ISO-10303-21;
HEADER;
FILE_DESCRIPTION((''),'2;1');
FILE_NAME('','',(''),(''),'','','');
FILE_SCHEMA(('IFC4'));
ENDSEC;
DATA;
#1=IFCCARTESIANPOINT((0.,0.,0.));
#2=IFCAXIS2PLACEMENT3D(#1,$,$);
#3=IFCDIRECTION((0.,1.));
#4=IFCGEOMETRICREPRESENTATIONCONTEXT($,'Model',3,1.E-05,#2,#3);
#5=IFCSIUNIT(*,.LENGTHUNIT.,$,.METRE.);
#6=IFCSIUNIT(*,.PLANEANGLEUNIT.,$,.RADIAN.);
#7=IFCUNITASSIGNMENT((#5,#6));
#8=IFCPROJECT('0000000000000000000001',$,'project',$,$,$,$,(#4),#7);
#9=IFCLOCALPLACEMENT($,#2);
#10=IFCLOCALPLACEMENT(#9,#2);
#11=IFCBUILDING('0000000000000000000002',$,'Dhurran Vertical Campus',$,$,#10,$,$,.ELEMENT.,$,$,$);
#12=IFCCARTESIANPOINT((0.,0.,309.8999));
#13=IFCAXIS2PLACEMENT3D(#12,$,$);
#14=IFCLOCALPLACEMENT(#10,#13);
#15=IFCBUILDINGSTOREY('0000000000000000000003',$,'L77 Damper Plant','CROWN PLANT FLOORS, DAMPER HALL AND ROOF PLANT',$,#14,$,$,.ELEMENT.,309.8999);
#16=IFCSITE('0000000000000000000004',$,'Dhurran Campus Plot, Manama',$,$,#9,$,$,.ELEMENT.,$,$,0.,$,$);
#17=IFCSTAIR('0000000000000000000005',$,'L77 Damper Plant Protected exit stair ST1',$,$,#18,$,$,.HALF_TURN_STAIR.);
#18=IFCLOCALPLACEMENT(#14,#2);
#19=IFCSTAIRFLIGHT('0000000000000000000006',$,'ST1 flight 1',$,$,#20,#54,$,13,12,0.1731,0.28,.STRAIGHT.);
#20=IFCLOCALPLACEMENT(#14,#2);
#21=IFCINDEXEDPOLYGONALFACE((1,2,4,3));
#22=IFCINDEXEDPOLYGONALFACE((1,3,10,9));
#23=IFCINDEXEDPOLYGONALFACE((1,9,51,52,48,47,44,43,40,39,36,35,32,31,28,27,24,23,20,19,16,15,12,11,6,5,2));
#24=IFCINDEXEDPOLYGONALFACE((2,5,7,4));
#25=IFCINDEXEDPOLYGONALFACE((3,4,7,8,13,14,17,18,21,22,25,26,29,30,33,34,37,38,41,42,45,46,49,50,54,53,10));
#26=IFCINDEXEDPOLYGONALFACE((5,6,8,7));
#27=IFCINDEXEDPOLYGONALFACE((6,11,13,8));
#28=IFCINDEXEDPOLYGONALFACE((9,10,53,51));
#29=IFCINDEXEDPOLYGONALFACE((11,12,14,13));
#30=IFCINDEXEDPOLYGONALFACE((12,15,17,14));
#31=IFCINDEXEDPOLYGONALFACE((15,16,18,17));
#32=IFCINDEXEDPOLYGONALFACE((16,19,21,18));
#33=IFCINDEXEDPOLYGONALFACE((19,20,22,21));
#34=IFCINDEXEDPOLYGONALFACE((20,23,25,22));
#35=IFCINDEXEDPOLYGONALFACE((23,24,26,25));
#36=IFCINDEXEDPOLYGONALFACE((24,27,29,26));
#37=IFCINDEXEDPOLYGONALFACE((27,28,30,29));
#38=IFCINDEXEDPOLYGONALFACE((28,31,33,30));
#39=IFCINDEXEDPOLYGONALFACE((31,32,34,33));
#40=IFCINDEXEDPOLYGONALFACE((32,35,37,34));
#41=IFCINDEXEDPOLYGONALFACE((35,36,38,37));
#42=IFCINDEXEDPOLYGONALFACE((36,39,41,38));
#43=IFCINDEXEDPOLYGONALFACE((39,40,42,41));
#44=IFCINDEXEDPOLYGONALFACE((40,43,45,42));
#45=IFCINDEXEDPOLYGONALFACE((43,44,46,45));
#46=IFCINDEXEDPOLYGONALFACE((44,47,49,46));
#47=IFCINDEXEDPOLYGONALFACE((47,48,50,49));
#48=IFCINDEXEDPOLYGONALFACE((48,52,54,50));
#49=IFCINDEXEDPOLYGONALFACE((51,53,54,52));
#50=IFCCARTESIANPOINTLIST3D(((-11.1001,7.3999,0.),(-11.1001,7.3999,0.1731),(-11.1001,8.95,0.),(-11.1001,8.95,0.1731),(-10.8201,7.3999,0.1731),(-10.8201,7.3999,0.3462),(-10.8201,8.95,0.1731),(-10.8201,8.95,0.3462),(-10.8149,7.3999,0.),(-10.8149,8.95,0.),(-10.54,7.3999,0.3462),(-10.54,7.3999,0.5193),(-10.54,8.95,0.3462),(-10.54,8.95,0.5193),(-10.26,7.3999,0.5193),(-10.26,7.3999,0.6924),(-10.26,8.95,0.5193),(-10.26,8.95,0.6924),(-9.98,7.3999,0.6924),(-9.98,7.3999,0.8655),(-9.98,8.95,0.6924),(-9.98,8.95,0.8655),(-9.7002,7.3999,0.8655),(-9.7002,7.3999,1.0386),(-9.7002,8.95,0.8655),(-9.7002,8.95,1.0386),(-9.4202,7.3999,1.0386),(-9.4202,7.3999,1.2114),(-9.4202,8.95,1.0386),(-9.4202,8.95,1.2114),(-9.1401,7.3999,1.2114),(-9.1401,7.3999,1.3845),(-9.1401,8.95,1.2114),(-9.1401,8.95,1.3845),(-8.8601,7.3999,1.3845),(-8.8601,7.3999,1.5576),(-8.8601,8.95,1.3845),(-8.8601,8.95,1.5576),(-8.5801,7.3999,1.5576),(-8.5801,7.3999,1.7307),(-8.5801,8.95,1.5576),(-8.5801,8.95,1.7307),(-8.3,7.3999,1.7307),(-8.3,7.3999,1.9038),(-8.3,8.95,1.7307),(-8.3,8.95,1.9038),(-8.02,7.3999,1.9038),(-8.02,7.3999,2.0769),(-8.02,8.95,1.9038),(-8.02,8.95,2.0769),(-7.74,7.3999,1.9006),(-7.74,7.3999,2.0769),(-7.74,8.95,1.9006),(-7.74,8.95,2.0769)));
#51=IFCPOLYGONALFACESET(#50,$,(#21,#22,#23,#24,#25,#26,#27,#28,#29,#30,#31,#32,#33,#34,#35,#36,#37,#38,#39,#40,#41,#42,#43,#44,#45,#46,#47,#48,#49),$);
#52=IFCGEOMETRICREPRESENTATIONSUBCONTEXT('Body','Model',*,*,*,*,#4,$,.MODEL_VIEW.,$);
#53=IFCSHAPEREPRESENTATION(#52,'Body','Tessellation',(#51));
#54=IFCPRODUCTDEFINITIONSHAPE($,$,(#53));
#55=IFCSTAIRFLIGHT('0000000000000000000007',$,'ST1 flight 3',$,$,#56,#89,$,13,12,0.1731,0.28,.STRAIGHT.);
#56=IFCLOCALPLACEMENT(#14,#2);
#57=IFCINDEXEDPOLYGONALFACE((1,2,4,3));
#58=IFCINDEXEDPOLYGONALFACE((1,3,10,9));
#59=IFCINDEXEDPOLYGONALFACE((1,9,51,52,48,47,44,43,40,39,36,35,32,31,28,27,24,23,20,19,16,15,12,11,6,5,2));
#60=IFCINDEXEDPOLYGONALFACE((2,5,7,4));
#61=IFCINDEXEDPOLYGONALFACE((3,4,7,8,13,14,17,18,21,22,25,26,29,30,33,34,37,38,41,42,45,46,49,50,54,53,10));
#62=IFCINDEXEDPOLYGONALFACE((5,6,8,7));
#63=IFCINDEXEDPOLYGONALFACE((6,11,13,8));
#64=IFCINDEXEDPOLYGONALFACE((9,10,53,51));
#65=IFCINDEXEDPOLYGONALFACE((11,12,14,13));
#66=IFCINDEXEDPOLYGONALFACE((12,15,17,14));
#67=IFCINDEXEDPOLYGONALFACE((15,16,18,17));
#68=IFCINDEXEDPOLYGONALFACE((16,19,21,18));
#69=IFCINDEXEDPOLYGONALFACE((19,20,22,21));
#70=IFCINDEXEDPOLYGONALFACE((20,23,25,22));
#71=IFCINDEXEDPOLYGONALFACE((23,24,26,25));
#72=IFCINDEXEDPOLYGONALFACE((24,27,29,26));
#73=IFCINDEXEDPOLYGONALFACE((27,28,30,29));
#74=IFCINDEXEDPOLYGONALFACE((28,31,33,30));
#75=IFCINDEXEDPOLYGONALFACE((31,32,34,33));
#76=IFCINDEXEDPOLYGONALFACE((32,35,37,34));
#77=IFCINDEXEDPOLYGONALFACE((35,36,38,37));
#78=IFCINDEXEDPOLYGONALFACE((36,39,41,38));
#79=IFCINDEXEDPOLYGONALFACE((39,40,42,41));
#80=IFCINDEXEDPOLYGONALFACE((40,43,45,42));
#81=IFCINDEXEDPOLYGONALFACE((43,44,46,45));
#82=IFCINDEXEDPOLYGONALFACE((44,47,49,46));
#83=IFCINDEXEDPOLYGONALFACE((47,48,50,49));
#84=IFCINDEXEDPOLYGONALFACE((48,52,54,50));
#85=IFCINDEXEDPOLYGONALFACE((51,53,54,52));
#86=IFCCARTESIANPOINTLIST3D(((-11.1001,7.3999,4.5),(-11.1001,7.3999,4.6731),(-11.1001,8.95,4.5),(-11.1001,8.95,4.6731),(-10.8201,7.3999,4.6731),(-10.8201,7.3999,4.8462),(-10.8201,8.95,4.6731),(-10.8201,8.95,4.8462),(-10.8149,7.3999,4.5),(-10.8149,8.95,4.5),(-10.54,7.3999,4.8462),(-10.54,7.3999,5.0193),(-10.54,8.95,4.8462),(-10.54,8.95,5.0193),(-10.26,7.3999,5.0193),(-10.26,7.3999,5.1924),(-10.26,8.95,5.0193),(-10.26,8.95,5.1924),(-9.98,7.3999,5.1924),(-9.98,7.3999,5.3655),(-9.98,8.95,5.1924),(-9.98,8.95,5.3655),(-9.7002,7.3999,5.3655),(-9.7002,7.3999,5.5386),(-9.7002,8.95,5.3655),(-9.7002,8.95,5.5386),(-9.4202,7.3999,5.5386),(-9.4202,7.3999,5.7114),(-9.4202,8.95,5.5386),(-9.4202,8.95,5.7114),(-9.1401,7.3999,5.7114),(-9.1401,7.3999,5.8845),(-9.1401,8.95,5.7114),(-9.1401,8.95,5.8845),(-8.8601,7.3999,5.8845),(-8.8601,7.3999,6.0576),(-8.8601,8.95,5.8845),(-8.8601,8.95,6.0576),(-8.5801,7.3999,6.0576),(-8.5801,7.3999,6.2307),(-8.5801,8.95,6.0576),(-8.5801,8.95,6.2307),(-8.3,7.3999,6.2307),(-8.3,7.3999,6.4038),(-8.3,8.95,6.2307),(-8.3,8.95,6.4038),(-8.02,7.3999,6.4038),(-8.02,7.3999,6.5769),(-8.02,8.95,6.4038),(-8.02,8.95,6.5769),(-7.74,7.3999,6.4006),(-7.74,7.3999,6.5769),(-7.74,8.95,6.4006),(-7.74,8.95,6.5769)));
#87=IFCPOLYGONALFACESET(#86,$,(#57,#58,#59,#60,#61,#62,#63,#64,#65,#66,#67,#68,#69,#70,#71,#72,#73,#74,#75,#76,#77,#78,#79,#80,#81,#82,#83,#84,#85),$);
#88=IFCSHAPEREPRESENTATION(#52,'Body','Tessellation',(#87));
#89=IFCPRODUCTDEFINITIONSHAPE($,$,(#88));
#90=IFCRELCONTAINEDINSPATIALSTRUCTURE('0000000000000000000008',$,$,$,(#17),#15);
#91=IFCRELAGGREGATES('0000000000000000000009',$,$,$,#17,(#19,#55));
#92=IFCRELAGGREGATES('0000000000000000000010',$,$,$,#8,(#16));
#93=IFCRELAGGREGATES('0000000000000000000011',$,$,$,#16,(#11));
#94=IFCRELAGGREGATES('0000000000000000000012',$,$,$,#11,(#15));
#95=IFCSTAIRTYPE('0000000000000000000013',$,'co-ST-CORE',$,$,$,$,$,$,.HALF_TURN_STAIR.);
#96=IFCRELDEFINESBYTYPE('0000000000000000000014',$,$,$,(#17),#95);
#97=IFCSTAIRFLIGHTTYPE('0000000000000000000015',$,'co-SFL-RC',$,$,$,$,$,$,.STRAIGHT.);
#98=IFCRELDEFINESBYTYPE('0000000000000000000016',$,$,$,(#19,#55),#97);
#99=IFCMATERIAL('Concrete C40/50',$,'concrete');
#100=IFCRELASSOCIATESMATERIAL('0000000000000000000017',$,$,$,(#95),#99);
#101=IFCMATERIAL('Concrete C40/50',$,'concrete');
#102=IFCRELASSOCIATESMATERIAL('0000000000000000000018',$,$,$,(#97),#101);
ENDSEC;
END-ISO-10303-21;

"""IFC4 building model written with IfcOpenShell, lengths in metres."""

from ifc_helpers import new_model, si_unit, direction, frame, origin, place, context, subcontext, project, spatial, polyline, outline, extrude, material, type_object, element, aggregate, save


model = new_model("IFC4")

# Units and contexts
model_context = context("Model", 3, precision=1e-05, world=origin(), true_north=direction((0.0, 1.0)))
body_context = subcontext(model_context, "Body", "Model", "MODEL_VIEW")
ifc_project = project(units=[si_unit("LENGTHUNIT", "METRE"), si_unit("PLANEANGLEUNIT", "RADIAN")], contexts=[model_context])

# Site, building, storey
site_placement = place(None, origin())
site = spatial("IfcSite", under=ifc_project, at=site_placement, Name="Dhurran Campus Plot, Manama", CompositionType="ELEMENT", RefElevation=0.0)
building_placement = place(site_placement, origin())
building = spatial("IfcBuilding", under=site, at=building_placement, Name="Dhurran Vertical Campus", CompositionType="ELEMENT")
storey_placement = place(building_placement, frame((0.0, 0.0, 309.8999)))
storey = spatial("IfcBuildingStorey", under=building, at=storey_placement, Name="L77 Damper Plant", Description="CROWN PLANT FLOORS, DAMPER HALL AND ROOF PLANT", CompositionType="ELEMENT", Elevation=309.8999)

# Stair, stair flights
ifc_material_1 = material(Name="Concrete C40/50", Category="concrete")
stair_type = type_object("IfcStairType", Name="co-ST-CORE", PredefinedType="HALF_TURN_STAIR", material=ifc_material_1)
stair_placement = place(storey_placement, origin())
stair = element("IfcStair", 1, at=stair_placement, inside=storey, type_object=stair_type, Name="L77 Damper Plant Protected exit stair ST1", PredefinedType="HALF_TURN_STAIR")
ifc_material_2 = material(Name="Concrete C40/50", Category="concrete")
stair_flight_type = type_object("IfcStairFlightType", Name="co-SFL-RC", PredefinedType="STRAIGHT", material=ifc_material_2)
stair_flight_1_placement = place(storey_placement, frame((-11.1001, 8.175, 0.0), z_axis=(0.0, 0.0, 1.0), x_axis=(1.0, 0.0, 0.0)))
stair_flight_1 = element("IfcStairFlight", 2, at=stair_flight_1_placement, type_object=stair_flight_type, Name="ST1 flight 1", NumberOfRisers=13, NumberOfTreads=12, PredefinedType="STRAIGHT", RiserHeight=0.1731, TreadLength=0.28, context=body_context, shape_type="SweptSolid", body=[
    extrude(outline(polyline([(0.0, 0.0), (0.0, 0.1731), (0.28, 0.1731), (0.28, 0.3462), (0.5601, 0.3462), (0.5601, 0.5193), (0.8401, 0.5193), (0.8401, 0.6924), (1.1201, 0.6924), (1.1201, 0.8655), (1.3999, 0.8655), (1.3999, 1.0386), (1.6799, 1.0386), (1.6799, 1.2114), (1.96, 1.2114), (1.96, 1.3845), (2.24, 1.3845), (2.24, 1.5576), (2.52, 1.5576), (2.52, 1.7307), (2.8, 1.7307), (2.8, 1.9038), (3.0801, 1.9038), (3.0801, 2.0769), (3.3601, 2.0769), (3.3601, 2.25), (3.3601, 1.9006), (0.2852, 0.0), (0.0, 0.0)])), frame((0.0, 0.7749, 0.0), z_axis=(0.0, -1.0, 0.0), x_axis=(1.0, 0.0, 0.0)), (0.0, 0.0, 1.0), 1.55),
])
stair_flight_2_placement = place(storey_placement, frame((-11.1001, 8.175, 4.5), z_axis=(0.0, 0.0, 1.0), x_axis=(1.0, 0.0, 0.0)))
stair_flight_2 = element("IfcStairFlight", 3, at=stair_flight_2_placement, type_object=stair_flight_type, Name="ST1 flight 3", NumberOfRisers=13, NumberOfTreads=12, PredefinedType="STRAIGHT", RiserHeight=0.1731, TreadLength=0.28, context=body_context, shape_type="SweptSolid", body=[
    extrude(outline(polyline([(0.0, 0.0), (0.0, 0.1731), (0.28, 0.1731), (0.28, 0.3462), (0.5601, 0.3462), (0.5601, 0.5193), (0.8401, 0.5193), (0.8401, 0.6924), (1.1201, 0.6924), (1.1201, 0.8655), (1.3999, 0.8655), (1.3999, 1.0386), (1.6799, 1.0386), (1.6799, 1.2114), (1.96, 1.2114), (1.96, 1.3845), (2.24, 1.3845), (2.24, 1.5576), (2.52, 1.5576), (2.52, 1.7307), (2.8, 1.7307), (2.8, 1.9038), (3.0801, 1.9038), (3.0801, 2.0769), (3.3601, 2.0769), (3.3601, 2.25), (3.3601, 1.9006), (0.2852, 0.0), (0.0, 0.0)])), frame((0.0, 0.7749, 0.0), z_axis=(0.0, -1.0, 0.0), x_axis=(1.0, 0.0, 0.0)), (0.0, 0.0, 1.0), 1.55),
])
aggregate(stair, [stair_flight_1, stair_flight_2])

save(model, "model.ifc")
